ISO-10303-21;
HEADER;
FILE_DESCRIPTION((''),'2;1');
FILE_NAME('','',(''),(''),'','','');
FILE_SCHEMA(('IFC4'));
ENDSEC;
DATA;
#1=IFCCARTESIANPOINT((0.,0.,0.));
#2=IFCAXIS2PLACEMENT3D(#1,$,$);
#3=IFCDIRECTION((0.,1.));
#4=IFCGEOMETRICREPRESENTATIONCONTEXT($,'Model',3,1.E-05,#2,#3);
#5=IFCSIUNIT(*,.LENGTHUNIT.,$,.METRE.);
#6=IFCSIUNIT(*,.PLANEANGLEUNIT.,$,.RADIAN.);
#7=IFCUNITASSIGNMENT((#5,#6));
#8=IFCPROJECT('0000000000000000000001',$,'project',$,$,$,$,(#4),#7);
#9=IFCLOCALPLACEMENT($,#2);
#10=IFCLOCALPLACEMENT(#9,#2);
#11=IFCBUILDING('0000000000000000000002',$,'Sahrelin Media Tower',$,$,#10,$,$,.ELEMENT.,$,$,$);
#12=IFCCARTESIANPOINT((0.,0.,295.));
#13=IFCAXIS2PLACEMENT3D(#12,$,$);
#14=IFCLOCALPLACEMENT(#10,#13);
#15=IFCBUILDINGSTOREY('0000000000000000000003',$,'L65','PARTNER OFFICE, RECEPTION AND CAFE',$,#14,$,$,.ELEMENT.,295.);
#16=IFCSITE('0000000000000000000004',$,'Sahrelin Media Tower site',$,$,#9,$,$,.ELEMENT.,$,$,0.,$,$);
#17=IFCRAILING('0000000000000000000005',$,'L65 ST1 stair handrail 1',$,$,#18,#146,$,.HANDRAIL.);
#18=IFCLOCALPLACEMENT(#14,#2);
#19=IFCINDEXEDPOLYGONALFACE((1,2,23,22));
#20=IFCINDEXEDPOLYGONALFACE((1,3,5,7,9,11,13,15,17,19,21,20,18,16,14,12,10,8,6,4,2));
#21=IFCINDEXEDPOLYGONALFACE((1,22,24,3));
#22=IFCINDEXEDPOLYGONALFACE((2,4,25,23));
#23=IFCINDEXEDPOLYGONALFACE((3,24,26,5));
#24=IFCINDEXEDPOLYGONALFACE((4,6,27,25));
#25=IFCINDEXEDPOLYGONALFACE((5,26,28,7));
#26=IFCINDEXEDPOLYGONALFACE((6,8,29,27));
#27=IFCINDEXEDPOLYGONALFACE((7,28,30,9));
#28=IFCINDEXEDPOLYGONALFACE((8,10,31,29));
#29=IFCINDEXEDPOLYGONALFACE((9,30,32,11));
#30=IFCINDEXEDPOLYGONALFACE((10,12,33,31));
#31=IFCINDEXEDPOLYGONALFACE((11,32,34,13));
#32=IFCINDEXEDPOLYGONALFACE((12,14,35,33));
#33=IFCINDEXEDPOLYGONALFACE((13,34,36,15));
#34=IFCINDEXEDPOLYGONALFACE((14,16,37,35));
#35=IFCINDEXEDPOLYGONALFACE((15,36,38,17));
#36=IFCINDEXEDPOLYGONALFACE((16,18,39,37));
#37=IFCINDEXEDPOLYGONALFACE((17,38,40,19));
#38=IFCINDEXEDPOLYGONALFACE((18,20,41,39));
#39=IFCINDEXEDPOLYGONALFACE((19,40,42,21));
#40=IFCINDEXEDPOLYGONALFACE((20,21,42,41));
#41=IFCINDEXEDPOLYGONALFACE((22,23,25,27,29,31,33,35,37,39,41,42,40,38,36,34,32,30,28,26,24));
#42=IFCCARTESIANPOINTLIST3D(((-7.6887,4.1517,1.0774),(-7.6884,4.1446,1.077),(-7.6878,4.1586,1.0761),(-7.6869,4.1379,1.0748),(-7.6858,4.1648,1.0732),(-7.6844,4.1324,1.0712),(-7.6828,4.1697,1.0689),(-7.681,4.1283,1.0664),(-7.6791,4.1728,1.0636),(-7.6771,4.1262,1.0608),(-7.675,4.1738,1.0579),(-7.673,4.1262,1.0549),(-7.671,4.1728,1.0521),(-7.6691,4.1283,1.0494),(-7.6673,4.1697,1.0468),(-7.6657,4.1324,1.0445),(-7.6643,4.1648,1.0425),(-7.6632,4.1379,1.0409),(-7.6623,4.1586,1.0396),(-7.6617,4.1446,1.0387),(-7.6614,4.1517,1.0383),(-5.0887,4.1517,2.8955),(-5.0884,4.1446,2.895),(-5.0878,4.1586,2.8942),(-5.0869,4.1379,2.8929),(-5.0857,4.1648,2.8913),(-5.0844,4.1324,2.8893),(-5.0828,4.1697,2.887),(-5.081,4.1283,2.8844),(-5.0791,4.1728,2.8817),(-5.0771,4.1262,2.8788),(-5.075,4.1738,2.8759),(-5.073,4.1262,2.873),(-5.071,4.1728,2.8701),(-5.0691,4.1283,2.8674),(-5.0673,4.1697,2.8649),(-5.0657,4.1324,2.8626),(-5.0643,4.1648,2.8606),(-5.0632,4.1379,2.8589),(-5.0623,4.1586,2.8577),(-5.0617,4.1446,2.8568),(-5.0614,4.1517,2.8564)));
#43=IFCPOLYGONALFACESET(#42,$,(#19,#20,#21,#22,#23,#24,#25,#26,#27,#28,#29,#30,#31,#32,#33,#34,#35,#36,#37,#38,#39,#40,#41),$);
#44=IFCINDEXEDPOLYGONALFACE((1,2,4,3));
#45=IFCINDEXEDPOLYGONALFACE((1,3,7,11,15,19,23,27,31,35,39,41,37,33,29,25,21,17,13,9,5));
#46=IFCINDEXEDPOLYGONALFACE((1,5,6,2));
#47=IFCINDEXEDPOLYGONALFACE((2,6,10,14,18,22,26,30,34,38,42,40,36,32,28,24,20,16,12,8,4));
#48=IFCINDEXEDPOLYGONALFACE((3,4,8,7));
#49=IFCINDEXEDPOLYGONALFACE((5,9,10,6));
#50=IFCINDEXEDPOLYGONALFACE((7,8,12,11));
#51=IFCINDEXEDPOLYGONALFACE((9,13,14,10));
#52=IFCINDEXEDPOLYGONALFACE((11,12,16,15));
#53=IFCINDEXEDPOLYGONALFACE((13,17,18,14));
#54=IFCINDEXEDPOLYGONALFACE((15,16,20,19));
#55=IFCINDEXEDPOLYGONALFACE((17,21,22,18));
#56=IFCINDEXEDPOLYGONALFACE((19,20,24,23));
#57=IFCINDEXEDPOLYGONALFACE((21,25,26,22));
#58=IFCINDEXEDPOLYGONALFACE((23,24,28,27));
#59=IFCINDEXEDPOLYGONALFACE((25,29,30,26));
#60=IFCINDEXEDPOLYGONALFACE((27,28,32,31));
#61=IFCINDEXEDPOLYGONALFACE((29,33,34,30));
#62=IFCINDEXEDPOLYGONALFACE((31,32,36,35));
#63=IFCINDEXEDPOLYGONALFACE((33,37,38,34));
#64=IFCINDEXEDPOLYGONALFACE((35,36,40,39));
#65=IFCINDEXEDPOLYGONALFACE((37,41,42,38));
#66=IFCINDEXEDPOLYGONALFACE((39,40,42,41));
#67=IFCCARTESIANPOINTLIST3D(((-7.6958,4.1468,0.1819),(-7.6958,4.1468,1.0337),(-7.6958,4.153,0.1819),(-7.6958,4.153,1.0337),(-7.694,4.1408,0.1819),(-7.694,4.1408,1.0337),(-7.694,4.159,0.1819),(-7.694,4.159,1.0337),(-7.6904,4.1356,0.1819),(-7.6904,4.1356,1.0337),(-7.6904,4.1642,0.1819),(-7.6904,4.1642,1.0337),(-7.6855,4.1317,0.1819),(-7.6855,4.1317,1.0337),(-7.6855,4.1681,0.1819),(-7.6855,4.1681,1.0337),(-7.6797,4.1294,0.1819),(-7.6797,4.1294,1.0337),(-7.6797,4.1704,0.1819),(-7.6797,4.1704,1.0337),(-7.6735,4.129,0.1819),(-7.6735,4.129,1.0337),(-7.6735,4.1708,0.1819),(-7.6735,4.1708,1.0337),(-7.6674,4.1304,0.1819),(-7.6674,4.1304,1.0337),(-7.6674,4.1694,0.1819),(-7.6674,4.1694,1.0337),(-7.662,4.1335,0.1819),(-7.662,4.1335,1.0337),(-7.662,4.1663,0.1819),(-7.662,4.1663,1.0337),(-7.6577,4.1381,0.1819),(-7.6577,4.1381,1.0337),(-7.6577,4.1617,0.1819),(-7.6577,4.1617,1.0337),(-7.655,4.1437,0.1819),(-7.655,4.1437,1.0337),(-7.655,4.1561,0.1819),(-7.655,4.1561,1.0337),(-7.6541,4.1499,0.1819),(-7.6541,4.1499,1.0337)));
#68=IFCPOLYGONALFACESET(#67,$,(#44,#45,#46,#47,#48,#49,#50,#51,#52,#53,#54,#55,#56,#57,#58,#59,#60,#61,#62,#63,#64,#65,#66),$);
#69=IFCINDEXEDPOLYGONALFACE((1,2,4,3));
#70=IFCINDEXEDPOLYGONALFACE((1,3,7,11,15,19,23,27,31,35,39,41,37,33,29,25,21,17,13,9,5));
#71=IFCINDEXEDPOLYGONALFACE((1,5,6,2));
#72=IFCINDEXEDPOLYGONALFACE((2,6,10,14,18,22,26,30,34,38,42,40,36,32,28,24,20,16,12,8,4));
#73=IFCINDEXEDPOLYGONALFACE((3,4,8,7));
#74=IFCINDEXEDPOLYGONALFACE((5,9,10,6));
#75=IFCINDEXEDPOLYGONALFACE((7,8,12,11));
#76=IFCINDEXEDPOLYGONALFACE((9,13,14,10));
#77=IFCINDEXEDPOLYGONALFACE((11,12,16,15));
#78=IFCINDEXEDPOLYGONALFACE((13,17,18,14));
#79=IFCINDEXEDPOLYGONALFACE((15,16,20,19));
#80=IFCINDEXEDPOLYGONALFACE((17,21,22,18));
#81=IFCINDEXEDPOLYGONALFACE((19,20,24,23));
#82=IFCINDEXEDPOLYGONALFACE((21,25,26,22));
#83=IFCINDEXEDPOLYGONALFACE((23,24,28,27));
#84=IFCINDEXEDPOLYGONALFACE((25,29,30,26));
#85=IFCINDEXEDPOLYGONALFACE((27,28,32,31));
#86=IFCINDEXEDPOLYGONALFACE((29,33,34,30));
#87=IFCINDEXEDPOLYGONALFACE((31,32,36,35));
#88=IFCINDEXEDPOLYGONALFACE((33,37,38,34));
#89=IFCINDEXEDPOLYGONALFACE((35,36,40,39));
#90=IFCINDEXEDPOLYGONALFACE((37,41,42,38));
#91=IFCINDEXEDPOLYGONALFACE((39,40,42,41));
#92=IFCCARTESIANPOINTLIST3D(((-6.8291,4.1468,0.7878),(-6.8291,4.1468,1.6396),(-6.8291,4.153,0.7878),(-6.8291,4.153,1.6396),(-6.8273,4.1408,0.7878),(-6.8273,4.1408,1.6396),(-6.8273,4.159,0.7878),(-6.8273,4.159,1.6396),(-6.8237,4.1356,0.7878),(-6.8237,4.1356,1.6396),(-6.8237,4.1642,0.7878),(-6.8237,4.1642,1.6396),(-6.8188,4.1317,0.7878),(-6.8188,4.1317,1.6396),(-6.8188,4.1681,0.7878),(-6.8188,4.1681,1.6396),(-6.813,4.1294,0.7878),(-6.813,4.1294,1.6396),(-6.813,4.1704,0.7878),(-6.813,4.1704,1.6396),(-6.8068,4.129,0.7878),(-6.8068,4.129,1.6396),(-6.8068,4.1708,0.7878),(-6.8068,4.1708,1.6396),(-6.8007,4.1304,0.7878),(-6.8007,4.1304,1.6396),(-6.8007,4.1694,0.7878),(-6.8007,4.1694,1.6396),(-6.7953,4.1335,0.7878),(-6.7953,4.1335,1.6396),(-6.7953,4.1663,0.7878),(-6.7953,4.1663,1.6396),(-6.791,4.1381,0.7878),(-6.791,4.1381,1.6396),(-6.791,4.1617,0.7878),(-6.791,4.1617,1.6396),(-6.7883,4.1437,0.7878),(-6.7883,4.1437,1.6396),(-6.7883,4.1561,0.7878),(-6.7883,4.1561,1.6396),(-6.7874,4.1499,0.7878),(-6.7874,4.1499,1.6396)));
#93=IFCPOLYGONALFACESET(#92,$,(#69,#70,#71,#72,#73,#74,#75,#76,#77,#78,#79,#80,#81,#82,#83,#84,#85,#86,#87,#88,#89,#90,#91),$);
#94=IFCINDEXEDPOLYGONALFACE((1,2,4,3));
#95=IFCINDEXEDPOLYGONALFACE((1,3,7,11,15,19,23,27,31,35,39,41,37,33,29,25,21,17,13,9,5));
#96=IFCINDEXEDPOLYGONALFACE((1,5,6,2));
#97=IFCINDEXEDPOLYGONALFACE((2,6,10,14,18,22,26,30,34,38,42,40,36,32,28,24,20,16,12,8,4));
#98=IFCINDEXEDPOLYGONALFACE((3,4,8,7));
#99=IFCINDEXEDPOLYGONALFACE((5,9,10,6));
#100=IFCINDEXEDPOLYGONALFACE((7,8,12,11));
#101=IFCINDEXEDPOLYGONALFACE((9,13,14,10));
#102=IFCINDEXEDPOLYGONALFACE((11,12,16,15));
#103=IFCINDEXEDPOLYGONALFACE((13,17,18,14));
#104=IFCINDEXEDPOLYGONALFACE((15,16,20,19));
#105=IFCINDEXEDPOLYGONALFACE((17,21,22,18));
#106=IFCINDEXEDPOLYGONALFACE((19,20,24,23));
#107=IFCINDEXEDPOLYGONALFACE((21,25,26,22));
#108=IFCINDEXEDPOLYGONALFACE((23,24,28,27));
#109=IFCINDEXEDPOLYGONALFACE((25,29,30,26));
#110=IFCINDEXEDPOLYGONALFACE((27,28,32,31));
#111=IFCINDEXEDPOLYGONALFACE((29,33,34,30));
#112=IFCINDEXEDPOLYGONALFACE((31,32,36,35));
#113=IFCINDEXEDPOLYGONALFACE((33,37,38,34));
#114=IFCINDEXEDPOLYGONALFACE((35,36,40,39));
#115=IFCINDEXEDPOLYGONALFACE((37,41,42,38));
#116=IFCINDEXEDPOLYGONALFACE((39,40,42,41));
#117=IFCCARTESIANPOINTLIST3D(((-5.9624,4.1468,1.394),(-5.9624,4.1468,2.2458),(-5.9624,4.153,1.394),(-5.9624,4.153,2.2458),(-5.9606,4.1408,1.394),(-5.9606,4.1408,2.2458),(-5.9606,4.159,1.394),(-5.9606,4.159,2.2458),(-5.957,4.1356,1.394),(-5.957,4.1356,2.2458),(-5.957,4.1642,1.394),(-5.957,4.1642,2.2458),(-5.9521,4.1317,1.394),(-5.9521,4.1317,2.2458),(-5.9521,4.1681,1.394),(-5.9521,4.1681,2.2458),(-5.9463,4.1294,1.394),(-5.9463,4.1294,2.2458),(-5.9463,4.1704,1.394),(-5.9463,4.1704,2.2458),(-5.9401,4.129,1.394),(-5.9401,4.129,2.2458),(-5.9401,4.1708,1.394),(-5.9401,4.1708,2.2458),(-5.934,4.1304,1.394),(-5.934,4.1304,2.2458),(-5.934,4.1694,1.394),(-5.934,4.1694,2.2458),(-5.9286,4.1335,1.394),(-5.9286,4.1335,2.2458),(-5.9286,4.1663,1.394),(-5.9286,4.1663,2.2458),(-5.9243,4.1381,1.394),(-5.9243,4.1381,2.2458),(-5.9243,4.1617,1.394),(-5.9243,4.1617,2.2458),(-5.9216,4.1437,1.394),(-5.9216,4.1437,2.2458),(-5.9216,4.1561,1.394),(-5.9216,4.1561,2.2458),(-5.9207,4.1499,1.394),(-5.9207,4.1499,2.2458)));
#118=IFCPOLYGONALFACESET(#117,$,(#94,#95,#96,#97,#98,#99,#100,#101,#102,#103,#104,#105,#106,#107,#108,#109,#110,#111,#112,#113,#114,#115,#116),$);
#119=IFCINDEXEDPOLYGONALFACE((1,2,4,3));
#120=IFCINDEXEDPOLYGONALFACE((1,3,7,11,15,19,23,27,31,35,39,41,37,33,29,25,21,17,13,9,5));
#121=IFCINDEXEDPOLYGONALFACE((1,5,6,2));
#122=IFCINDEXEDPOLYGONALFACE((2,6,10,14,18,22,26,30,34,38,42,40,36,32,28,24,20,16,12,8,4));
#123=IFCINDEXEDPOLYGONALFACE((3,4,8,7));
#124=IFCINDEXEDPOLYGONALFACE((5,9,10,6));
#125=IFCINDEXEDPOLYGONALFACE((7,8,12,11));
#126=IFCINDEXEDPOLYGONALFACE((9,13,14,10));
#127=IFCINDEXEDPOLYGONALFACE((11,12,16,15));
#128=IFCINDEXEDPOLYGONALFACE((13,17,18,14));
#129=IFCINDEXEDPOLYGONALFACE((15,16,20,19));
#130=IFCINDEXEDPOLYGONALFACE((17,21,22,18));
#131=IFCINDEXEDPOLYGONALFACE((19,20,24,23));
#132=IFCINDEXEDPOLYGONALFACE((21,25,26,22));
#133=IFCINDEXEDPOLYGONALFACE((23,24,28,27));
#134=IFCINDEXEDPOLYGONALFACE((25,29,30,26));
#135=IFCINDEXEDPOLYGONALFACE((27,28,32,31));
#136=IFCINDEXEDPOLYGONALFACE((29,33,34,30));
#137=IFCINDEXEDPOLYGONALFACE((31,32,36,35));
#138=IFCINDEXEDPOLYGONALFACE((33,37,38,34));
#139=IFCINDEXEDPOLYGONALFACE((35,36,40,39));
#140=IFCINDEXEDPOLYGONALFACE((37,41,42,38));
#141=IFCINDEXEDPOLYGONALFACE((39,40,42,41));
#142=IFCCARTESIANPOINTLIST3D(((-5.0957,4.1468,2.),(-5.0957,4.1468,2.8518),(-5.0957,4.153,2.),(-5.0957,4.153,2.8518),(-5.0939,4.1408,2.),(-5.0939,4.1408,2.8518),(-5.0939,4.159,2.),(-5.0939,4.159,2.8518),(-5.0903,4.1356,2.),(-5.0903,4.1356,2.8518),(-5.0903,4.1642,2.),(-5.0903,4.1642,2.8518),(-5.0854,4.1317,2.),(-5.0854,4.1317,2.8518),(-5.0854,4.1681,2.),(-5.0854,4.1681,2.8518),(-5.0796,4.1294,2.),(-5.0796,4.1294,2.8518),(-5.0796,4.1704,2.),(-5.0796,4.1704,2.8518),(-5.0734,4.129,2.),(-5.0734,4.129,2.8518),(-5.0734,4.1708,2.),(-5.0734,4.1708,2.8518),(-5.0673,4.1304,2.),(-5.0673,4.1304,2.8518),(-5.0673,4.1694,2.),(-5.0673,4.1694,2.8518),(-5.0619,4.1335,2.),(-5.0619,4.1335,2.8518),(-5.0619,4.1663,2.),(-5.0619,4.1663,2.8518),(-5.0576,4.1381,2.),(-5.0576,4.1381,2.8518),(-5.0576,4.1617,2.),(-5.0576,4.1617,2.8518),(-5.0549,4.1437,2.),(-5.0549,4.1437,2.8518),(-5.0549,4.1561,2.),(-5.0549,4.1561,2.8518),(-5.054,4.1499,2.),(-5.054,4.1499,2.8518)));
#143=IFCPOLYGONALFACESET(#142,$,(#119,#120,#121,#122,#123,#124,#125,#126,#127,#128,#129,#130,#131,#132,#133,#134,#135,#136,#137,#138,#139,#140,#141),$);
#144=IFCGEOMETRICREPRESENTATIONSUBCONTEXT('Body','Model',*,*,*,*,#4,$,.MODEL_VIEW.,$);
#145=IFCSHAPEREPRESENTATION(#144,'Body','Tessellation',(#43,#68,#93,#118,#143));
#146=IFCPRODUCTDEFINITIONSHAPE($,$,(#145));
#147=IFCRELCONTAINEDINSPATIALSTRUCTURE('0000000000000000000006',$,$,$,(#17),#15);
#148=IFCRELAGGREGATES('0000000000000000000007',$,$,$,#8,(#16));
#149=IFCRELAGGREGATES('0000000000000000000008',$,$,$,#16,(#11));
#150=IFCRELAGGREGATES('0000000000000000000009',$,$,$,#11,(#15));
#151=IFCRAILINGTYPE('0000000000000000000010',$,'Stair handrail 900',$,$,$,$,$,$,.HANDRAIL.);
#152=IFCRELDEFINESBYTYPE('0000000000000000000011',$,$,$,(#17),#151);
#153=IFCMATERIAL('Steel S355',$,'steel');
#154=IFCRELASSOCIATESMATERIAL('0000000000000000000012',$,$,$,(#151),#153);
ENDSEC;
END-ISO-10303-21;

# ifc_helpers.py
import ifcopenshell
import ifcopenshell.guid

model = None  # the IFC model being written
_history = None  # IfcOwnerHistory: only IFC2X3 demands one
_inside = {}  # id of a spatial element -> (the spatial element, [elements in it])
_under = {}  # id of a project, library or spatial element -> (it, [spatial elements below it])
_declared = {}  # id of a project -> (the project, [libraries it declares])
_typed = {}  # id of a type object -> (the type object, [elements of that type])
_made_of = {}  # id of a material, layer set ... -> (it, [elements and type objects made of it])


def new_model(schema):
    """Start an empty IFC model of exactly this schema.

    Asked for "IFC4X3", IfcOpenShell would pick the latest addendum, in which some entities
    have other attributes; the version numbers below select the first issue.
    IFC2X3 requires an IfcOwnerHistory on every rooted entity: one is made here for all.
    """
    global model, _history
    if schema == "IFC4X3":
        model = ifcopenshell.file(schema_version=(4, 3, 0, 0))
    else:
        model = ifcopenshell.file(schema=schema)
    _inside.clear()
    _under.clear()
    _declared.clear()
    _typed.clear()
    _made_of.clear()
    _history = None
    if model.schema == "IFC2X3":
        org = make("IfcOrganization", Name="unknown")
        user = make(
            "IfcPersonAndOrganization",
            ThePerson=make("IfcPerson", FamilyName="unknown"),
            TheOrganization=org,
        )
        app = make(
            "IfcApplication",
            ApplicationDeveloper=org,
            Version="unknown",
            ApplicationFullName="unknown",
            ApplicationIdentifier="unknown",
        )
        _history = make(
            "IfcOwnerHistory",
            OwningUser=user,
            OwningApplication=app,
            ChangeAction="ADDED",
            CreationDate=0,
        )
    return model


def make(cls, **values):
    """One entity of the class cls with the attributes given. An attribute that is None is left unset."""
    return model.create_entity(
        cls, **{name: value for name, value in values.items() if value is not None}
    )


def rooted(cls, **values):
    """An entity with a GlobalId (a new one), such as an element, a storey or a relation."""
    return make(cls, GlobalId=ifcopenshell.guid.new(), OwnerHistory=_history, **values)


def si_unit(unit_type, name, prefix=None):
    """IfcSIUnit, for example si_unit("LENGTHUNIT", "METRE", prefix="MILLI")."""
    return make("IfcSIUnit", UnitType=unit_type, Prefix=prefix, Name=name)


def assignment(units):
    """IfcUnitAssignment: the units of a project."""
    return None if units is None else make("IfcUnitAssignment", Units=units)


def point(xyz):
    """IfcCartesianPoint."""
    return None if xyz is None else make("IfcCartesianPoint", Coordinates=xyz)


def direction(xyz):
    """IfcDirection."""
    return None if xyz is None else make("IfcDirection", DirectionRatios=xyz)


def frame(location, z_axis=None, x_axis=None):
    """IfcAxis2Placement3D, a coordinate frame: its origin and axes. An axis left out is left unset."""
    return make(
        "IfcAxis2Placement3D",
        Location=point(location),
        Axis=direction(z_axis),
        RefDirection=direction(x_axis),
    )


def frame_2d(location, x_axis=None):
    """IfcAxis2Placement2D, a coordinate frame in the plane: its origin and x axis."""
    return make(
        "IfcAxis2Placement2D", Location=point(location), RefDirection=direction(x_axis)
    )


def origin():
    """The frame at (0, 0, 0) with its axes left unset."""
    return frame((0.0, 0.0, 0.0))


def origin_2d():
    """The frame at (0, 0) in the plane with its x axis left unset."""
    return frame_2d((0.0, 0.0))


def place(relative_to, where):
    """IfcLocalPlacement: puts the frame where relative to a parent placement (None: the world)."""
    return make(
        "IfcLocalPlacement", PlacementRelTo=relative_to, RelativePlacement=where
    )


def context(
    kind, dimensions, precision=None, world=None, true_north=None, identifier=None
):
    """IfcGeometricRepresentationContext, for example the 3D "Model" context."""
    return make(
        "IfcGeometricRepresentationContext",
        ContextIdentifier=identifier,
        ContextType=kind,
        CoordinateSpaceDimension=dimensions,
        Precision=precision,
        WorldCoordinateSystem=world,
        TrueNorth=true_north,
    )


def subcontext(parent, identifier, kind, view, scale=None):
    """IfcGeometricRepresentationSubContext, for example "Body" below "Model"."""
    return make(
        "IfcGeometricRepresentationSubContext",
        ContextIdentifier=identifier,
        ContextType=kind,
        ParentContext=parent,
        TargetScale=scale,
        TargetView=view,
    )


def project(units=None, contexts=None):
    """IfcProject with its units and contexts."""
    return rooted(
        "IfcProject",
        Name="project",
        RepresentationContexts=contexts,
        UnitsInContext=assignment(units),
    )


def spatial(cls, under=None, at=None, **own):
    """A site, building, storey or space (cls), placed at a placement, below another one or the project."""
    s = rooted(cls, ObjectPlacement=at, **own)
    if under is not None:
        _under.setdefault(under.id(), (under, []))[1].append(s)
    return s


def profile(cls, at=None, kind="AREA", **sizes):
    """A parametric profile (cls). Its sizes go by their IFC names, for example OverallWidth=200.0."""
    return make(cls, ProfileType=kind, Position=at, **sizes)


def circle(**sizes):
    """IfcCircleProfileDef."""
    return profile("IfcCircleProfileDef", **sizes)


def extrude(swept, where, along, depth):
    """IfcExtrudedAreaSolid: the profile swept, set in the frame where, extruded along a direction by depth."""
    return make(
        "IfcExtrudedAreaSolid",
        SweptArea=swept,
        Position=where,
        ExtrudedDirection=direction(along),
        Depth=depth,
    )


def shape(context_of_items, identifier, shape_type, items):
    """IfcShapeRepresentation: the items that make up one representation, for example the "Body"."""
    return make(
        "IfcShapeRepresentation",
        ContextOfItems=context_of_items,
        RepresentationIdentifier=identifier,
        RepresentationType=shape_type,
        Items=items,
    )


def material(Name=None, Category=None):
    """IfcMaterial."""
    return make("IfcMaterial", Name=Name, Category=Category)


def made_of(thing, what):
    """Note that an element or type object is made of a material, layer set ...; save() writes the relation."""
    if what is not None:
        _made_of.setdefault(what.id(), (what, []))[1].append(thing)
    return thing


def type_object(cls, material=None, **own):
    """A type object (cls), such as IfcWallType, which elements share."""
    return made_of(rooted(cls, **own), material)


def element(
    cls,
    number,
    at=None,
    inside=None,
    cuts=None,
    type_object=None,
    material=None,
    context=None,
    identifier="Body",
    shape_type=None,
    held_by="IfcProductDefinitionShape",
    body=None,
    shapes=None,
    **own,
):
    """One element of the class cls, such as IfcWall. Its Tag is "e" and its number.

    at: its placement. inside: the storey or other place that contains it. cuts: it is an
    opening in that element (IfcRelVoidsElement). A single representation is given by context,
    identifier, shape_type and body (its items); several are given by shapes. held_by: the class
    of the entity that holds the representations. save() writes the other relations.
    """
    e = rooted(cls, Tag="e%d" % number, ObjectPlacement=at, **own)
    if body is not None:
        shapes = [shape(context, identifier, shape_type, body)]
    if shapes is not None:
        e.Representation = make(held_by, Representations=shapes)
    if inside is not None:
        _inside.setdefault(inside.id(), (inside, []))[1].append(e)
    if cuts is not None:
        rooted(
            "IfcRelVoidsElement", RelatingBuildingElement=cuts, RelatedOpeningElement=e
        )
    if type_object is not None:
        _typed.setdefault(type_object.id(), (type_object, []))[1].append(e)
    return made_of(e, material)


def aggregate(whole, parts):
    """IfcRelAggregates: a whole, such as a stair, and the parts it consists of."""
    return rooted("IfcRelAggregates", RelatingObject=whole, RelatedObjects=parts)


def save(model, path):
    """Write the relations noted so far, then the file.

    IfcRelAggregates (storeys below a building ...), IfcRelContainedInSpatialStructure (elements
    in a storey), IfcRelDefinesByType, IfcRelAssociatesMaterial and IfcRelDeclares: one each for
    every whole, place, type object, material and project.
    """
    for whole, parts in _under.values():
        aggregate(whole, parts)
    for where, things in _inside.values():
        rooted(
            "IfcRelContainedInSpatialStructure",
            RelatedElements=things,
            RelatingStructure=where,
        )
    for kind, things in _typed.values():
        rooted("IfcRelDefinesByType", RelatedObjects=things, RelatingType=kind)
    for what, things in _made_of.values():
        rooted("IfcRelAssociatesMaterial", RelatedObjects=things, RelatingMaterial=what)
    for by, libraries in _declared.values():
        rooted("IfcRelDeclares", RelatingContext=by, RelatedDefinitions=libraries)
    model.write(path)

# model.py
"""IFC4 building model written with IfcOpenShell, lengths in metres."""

from ifc_helpers import new_model, si_unit, direction, frame, origin, origin_2d, place, context, subcontext, project, spatial, circle, extrude, material, type_object, element, save


model = new_model("IFC4")

# Units and contexts
model_context = context("Model", 3, precision=1e-05, world=origin(), true_north=direction((0.0, 1.0)))
body_context = subcontext(model_context, "Body", "Model", "MODEL_VIEW")
ifc_project = project(units=[si_unit("LENGTHUNIT", "METRE"), si_unit("PLANEANGLEUNIT", "RADIAN")], contexts=[model_context])

# Site, building, storey
site_placement = place(None, origin())
site = spatial("IfcSite", under=ifc_project, at=site_placement, Name="Sahrelin Media Tower site", CompositionType="ELEMENT", RefElevation=0.0)
building_placement = place(site_placement, origin())
building = spatial("IfcBuilding", under=site, at=building_placement, Name="Sahrelin Media Tower", CompositionType="ELEMENT")
storey_placement = place(building_placement, frame((0.0, 0.0, 295.0)))
storey = spatial("IfcBuildingStorey", under=building, at=storey_placement, Name="L65", Description="PARTNER OFFICE, RECEPTION AND CAFE", CompositionType="ELEMENT", Elevation=295.0)

# Shared definitions
ifc_material_1 = material(Name="Steel S355", Category="steel")

# Railing
railing_type_1 = type_object("IfcRailingType", Name="Stair handrail 900", PredefinedType="HANDRAIL", material=ifc_material_1)
railing_1_placement = place(storey_placement, frame((-7.675, 4.1499, 0.1819)))
element("IfcRailing", 1, at=railing_1_placement, inside=storey, type_object=railing_type_1, Name="L65 ST1 stair handrail 1", PredefinedType="HANDRAIL", context=body_context, shape_type="SweptSolid", body=[
    extrude(circle(Radius=0.0239, at=origin_2d()), frame((0.0, 0.0, 0.876), z_axis=(0.819521, 0.0, 0.573049), x_axis=(0.0, 1.0, 0.0)), (0.0, 0.0, 1.0), 3.1726),
    extrude(circle(Radius=0.021, at=origin_2d()), origin(), (0.0, 0.0, 1.0), 0.8518),
    extrude(circle(Radius=0.021, at=origin_2d()), frame((0.8667, 0.0, 0.606)), (0.0, 0.0, 1.0), 0.8518),
    extrude(circle(Radius=0.021, at=origin_2d()), frame((1.7334, 0.0, 1.2122)), (0.0, 0.0, 1.0), 0.8518),
    extrude(circle(Radius=0.021, at=origin_2d()), frame((2.6001, 0.0, 1.8181)), (0.0, 0.0, 1.0), 0.8518),
])

save(model, "model.ifc")
